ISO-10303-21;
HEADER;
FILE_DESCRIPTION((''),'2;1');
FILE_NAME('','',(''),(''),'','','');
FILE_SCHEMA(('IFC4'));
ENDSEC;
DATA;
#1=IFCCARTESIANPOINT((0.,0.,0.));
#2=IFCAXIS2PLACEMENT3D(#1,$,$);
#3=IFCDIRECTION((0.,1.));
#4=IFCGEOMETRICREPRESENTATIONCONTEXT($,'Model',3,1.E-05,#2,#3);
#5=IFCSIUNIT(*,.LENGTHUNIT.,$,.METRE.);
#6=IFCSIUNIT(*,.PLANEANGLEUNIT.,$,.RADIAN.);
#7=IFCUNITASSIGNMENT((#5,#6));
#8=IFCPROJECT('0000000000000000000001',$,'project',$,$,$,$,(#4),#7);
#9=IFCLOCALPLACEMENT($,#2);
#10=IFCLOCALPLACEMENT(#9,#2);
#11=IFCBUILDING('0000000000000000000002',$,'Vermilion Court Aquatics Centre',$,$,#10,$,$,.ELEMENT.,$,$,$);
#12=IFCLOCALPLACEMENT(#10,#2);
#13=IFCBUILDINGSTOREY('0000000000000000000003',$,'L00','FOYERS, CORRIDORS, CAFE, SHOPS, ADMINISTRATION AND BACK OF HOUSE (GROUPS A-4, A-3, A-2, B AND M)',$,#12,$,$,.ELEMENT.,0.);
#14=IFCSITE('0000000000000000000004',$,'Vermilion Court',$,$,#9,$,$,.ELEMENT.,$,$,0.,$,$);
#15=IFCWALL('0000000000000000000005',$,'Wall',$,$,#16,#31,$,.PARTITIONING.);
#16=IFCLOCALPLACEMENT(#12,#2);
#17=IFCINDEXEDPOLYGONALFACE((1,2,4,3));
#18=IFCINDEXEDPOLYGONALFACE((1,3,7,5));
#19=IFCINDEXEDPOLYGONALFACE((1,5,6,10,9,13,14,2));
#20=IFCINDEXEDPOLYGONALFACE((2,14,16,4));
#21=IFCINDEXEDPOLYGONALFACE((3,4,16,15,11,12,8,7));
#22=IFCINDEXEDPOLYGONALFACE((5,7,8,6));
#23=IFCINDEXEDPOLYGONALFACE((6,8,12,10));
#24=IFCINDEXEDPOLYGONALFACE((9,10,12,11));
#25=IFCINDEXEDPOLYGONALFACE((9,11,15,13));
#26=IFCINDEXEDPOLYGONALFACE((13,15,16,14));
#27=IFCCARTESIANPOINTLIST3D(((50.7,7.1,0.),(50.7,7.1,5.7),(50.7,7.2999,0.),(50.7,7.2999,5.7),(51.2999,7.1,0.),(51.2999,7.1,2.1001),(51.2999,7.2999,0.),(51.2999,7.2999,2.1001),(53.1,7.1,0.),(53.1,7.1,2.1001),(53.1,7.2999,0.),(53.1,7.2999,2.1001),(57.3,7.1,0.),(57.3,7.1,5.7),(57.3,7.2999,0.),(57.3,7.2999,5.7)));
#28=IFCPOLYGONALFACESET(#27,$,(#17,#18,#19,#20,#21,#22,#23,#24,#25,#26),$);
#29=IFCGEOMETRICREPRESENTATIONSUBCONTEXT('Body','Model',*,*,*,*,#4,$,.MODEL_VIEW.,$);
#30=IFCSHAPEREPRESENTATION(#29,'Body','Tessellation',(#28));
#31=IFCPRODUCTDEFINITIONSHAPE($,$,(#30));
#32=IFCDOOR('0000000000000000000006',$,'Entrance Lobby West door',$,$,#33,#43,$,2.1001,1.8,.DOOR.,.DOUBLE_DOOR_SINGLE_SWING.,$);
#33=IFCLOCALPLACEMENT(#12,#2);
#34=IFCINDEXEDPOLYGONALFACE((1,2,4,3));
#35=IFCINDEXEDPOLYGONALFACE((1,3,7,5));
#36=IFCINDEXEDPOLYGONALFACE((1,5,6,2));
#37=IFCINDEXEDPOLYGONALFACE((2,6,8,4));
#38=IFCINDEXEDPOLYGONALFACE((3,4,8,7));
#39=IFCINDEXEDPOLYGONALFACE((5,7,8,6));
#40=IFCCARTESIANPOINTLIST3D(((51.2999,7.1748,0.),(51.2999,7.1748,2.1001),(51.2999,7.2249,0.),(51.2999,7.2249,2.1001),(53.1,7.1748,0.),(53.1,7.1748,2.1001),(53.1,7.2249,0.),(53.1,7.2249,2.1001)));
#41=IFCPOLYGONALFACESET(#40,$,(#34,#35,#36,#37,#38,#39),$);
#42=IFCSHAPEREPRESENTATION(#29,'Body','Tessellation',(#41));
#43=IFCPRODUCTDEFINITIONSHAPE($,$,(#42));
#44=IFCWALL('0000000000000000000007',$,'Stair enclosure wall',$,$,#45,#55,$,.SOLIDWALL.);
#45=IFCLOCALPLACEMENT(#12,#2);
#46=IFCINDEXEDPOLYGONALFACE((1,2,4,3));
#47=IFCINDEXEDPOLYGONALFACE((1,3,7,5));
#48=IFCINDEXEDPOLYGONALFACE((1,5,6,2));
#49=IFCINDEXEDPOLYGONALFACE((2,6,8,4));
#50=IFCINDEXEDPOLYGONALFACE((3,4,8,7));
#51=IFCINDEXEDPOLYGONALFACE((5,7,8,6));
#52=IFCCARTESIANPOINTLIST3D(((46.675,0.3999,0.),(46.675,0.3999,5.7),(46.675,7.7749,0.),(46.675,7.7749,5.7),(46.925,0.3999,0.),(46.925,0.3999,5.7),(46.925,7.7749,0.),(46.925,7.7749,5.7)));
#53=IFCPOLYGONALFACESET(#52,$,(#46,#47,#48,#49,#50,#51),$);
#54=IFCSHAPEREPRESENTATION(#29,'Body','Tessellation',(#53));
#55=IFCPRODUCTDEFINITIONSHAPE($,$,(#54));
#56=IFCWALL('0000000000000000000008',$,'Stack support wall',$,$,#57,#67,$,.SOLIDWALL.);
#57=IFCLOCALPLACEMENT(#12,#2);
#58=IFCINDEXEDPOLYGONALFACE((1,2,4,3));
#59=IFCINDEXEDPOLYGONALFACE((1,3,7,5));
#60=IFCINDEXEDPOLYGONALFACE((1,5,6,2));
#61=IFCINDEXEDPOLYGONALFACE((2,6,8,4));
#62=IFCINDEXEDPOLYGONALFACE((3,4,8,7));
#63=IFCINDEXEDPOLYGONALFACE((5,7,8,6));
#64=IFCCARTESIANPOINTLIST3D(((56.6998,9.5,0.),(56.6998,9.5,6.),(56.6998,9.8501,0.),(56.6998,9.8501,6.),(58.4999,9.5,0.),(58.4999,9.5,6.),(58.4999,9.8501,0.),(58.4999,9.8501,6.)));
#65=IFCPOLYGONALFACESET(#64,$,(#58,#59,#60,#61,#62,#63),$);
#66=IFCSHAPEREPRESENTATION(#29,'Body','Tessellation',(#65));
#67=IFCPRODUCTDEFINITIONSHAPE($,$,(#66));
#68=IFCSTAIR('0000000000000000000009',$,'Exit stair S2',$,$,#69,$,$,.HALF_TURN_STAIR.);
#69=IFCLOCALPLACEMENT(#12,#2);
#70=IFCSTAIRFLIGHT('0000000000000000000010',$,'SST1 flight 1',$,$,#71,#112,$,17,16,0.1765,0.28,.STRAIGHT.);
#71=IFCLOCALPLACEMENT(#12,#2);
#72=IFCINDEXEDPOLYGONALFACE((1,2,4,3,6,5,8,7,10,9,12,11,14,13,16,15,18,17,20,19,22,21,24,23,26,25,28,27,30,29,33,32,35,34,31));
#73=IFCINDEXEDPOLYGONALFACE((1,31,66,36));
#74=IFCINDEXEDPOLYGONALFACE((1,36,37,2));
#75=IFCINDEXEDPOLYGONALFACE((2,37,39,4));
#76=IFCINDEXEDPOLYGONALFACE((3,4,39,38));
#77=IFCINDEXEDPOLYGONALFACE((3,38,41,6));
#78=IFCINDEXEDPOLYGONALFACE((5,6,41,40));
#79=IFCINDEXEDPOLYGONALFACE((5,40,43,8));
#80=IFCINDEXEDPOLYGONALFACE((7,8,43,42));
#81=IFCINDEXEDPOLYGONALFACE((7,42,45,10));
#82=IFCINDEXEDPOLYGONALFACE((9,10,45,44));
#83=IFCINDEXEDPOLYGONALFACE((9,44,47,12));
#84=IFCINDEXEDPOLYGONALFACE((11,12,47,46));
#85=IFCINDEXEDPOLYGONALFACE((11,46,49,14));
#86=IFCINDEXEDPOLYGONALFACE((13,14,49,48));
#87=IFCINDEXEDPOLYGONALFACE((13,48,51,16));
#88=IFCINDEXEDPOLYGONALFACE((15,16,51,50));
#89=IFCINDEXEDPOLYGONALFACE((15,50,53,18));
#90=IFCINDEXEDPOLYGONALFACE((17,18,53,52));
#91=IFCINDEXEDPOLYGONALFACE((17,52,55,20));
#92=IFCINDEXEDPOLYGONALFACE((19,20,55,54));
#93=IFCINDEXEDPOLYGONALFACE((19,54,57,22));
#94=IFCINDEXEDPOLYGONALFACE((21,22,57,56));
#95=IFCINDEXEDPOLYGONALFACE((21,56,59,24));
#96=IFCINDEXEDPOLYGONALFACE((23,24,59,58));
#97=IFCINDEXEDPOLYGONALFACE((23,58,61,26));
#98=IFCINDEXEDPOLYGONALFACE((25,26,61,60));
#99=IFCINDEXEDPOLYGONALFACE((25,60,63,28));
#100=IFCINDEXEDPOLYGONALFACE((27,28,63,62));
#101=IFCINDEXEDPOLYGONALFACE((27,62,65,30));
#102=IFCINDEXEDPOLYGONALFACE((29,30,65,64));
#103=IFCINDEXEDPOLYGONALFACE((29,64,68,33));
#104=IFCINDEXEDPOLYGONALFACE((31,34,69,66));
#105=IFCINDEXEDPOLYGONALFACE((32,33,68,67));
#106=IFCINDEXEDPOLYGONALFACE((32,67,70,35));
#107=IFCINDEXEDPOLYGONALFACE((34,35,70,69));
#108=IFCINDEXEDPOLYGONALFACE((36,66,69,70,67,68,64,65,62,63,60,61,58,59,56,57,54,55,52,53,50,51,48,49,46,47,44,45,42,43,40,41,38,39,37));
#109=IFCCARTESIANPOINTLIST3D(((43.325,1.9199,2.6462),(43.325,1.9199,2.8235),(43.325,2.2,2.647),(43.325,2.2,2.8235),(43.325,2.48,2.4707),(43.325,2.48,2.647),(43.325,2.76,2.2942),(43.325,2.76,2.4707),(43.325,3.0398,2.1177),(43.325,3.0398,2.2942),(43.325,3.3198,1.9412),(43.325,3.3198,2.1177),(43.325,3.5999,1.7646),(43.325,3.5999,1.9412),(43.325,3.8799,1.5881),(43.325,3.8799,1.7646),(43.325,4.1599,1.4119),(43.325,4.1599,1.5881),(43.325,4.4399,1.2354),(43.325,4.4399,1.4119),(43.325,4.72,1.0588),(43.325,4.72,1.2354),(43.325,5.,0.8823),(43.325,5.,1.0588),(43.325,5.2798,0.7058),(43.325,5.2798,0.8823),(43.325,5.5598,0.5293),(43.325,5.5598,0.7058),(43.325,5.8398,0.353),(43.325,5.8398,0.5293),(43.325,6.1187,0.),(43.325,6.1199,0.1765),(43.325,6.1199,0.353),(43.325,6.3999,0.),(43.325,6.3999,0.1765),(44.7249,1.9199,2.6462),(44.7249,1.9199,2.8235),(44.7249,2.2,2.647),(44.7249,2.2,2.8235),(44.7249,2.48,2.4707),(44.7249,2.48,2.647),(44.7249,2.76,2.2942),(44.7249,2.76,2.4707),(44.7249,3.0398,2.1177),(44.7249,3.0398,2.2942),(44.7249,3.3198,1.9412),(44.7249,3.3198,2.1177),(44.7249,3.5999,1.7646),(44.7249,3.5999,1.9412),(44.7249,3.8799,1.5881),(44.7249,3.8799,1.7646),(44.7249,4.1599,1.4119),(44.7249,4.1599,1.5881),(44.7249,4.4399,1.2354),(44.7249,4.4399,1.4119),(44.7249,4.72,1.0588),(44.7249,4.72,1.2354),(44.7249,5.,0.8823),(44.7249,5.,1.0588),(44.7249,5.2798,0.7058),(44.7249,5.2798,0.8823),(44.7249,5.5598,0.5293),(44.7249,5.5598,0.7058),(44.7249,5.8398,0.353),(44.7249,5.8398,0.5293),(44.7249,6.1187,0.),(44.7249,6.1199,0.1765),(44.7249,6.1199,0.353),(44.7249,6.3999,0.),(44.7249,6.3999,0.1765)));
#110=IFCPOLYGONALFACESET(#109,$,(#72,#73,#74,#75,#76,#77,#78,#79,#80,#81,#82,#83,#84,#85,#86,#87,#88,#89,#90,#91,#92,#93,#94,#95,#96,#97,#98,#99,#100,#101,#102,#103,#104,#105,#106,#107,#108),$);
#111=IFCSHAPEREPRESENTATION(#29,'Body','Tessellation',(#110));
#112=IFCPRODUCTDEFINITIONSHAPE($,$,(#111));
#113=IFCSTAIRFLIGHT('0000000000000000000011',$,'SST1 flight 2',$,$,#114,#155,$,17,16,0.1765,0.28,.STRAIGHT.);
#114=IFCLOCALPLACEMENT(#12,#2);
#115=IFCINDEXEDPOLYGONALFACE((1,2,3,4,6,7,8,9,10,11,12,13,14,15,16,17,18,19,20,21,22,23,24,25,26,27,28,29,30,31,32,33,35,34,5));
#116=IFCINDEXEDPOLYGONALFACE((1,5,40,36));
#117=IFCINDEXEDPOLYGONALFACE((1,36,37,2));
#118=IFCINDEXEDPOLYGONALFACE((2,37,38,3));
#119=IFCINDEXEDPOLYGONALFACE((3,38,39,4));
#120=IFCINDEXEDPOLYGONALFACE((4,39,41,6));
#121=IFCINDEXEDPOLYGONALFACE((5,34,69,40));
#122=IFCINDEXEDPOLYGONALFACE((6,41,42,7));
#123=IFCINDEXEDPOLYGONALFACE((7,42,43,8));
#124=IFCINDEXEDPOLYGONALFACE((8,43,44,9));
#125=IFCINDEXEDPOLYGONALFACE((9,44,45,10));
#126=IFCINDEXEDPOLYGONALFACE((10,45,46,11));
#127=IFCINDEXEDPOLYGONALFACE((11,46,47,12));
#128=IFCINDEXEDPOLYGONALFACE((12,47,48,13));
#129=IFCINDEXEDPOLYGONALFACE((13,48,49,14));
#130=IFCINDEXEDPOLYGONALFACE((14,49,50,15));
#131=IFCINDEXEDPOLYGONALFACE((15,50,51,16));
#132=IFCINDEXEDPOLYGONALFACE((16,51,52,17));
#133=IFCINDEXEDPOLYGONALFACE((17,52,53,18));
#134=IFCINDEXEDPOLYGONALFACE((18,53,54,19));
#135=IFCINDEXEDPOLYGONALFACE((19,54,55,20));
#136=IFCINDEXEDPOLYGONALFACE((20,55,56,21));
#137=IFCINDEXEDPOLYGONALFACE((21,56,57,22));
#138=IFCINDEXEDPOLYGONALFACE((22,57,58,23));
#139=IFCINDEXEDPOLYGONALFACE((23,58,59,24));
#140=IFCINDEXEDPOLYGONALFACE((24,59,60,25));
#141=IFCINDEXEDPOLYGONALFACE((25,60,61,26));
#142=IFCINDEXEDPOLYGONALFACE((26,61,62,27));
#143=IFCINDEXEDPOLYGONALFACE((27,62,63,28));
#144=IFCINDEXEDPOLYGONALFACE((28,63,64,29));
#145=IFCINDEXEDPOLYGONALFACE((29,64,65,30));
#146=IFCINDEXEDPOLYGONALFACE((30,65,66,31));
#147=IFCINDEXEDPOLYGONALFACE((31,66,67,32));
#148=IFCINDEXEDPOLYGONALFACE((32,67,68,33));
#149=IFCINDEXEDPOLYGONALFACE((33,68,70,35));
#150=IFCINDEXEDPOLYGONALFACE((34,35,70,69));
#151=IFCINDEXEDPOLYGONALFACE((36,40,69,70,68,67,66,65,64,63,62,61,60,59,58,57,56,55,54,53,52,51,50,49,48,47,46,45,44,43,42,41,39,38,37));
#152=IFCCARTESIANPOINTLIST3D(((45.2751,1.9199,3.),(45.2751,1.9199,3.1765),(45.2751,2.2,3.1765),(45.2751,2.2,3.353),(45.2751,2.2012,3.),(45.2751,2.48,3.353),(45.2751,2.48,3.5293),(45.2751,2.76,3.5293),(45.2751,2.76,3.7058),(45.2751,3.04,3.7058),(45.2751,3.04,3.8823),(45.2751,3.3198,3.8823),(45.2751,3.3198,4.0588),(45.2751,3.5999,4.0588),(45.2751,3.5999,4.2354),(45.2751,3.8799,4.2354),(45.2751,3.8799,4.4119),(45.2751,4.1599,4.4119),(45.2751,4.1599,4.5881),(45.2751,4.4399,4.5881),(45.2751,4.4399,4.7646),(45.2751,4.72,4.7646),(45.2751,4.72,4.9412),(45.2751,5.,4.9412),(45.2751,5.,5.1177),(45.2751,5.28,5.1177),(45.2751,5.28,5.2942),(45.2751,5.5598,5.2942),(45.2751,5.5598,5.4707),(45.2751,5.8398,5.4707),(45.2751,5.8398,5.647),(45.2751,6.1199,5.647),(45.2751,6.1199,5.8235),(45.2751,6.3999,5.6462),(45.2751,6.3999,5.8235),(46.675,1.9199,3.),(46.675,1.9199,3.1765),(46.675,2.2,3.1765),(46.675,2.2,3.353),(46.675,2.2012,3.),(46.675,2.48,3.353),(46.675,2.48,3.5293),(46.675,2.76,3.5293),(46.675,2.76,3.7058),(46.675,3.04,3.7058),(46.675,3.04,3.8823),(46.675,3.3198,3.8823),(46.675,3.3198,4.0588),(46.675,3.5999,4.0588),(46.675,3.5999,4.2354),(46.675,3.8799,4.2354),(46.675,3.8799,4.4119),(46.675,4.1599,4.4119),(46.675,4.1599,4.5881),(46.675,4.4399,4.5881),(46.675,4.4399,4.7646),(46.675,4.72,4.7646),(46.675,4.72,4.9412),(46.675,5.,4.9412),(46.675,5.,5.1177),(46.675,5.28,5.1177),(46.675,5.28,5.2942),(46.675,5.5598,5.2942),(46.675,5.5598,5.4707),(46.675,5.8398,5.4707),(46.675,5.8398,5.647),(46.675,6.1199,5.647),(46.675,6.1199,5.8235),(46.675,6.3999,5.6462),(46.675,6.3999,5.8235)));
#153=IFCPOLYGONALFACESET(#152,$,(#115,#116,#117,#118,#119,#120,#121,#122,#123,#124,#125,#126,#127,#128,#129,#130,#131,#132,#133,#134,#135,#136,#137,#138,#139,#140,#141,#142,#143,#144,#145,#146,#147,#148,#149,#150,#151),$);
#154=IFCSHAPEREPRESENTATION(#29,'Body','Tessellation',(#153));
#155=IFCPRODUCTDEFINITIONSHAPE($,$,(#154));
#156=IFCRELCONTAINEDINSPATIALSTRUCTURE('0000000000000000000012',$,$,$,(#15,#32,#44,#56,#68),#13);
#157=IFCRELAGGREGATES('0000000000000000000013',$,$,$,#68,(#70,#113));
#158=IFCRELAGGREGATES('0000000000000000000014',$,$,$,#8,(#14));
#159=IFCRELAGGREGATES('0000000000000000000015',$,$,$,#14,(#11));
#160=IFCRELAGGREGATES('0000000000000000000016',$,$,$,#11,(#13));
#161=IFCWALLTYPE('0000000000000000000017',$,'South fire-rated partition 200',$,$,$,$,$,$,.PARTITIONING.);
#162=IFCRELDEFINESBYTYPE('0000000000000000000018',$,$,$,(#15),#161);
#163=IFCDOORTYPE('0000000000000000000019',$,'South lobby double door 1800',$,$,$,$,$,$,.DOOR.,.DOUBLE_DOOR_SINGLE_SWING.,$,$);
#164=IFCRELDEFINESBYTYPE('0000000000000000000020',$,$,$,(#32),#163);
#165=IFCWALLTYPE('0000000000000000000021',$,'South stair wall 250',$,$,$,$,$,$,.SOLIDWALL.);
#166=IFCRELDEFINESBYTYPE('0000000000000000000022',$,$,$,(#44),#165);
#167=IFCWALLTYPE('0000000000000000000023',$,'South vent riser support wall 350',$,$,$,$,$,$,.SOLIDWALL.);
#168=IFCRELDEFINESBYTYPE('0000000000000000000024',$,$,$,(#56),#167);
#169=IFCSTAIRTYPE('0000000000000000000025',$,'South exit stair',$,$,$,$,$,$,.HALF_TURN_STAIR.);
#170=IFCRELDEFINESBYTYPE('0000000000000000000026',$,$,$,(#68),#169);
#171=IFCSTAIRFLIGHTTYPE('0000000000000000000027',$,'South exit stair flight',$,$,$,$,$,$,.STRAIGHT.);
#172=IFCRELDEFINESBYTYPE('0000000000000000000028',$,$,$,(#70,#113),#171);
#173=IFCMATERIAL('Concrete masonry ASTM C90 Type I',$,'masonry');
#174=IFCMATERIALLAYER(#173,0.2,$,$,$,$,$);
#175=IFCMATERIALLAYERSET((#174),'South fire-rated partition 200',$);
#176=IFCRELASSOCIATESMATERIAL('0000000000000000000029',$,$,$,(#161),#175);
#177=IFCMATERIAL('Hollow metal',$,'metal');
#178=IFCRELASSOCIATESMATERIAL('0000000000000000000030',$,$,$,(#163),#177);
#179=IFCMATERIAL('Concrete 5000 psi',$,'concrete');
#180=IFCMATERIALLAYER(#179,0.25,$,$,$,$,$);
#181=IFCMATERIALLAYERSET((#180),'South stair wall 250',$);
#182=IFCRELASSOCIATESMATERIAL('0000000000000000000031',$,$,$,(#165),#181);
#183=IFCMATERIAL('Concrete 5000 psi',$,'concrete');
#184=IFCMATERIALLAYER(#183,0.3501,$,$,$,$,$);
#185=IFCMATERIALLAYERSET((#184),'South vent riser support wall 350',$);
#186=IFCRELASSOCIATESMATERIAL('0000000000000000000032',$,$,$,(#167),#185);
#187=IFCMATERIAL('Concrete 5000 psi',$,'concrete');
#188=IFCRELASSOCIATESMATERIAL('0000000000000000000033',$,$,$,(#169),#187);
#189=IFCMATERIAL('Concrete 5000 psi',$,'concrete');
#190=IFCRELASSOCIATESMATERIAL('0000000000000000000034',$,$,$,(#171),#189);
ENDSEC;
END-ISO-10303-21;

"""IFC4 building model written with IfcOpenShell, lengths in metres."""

from ifc_helpers import new_model, si_unit, direction, frame, frame_2d, origin, place, context, subcontext, project, spatial, polyline, rectangle, outline, extrude, material, layer, layer_set, type_object, element, fill, aggregate, save


model = new_model("IFC4")

# Units and contexts
model_context = context("Model", 3, precision=1e-05, world=origin(), true_north=direction((0.0, 1.0)))
body_context = subcontext(model_context, "Body", "Model", "MODEL_VIEW")
ifc_project = project(units=[si_unit("LENGTHUNIT", "METRE"), si_unit("PLANEANGLEUNIT", "RADIAN")], contexts=[model_context])

# Site, building, storey
site_placement = place(None, origin())
site = spatial("IfcSite", under=ifc_project, at=site_placement, Name="Vermilion Court", CompositionType="ELEMENT", RefElevation=0.0)
building_placement = place(site_placement, origin())
building = spatial("IfcBuilding", under=site, at=building_placement, Name="Vermilion Court Aquatics Centre", CompositionType="ELEMENT")
storey_placement = place(building_placement, origin())
storey = spatial("IfcBuildingStorey", under=building, at=storey_placement, Name="L00", Description="FOYERS, CORRIDORS, CAFE, SHOPS, ADMINISTRATION AND BACK OF HOUSE (GROUPS A-4, A-3, A-2, B AND M)", CompositionType="ELEMENT", Elevation=0.0)

# Shared definitions
ifc_material_1 = material(Name="Concrete masonry ASTM C90 Type I", Category="masonry")
ifc_layer_1 = layer(ifc_material_1, 0.2)
ifc_layer_set_1 = layer_set([ifc_layer_1], Name="South fire-rated partition 200")
wall_type_1 = type_object("IfcWallType", Name="South fire-rated partition 200", PredefinedType="PARTITIONING", material=ifc_layer_set_1)

# Wall, opening, door
wall_1_placement = place(storey_placement, frame((50.7, 7.2, 0.0), z_axis=(0.0, 0.0, 1.0), x_axis=(1.0, 0.0, 0.0)))
wall_1 = element("IfcWall", 1, at=wall_1_placement, inside=storey, type_object=wall_type_1, Name="Wall", PredefinedType="PARTITIONING", context=body_context, shape_type="SweptSolid", body=[
    extrude(rectangle(XDim=6.6001, YDim=0.2, at=frame_2d((3.3, 0.0))), origin(), (0.0, 0.0, 1.0), 5.7),
])
opening_1_placement = place(wall_1_placement, frame((0.6001, 0.0, 0.0)))
opening_1 = element("IfcOpeningElement", 2, at=opening_1_placement, cuts=wall_1, PredefinedType="OPENING", context=body_context, shape_type="SweptSolid", body=[
    extrude(rectangle(XDim=1.8, YDim=2.1001, at=frame_2d((0.8999, 1.05))), frame((0.0, 0.1099, 0.0), z_axis=(0.0, -1.0, 0.0), x_axis=(1.0, 0.0, 0.0)), (0.0, 0.0, 1.0), 0.22),
])
ifc_material_2 = material(Name="Hollow metal", Category="metal")
door_type_1 = type_object("IfcDoorType", Name="South lobby double door 1800", OperationType="DOUBLE_DOOR_SINGLE_SWING", PredefinedType="DOOR", material=ifc_material_2)
door_1_placement = place(opening_1_placement, origin())
door_1 = element("IfcDoor", 3, at=door_1_placement, inside=storey, type_object=door_type_1, Name="Entrance Lobby West door", OperationType="DOUBLE_DOOR_SINGLE_SWING", OverallHeight=2.1001, OverallWidth=1.8, PredefinedType="DOOR", context=body_context, shape_type="SweptSolid", body=[
    extrude(rectangle(XDim=1.8, YDim=2.1001, at=frame_2d((0.8999, 1.05))), frame((0.0, 0.0249, 0.0), z_axis=(0.0, -1.0, 0.0), x_axis=(1.0, 0.0, 0.0)), (0.0, 0.0, 1.0), 0.05),
])
fill(opening_1, door_1)

# Walls
ifc_material_3 = material(Name="Concrete 5000 psi", Category="concrete")
ifc_layer_2 = layer(ifc_material_3, 0.25)
ifc_layer_set_2 = layer_set([ifc_layer_2], Name="South stair wall 250")
wall_type_2 = type_object("IfcWallType", Name="South stair wall 250", PredefinedType="SOLIDWALL", material=ifc_layer_set_2)
wall_2_placement = place(storey_placement, frame((46.8, 0.3999, 0.0), z_axis=(0.0, 0.0, 1.0), x_axis=(0.0, 1.0, 0.0)))
element("IfcWall", 4, at=wall_2_placement, inside=storey, type_object=wall_type_2, Name="Stair enclosure wall", PredefinedType="SOLIDWALL", context=body_context, shape_type="SweptSolid", body=[
    extrude(rectangle(XDim=7.375, YDim=0.25, at=frame_2d((3.6875, 0.0))), origin(), (0.0, 0.0, 1.0), 5.7),
])
ifc_material_4 = material(Name="Concrete 5000 psi", Category="concrete")
ifc_layer_3 = layer(ifc_material_4, 0.3501)
ifc_layer_set_3 = layer_set([ifc_layer_3], Name="South vent riser support wall 350")
wall_type_3 = type_object("IfcWallType", Name="South vent riser support wall 350", PredefinedType="SOLIDWALL", material=ifc_layer_set_3)
wall_3_placement = place(storey_placement, frame((56.7, 9.675, 0.0), z_axis=(0.0, 0.0, 1.0), x_axis=(1.0, 0.0, 0.0)))
element("IfcWall", 5, at=wall_3_placement, inside=storey, type_object=wall_type_3, Name="Stack support wall", PredefinedType="SOLIDWALL", context=body_context, shape_type="SweptSolid", body=[
    extrude(rectangle(XDim=1.8, YDim=0.3501, at=frame_2d((0.8999, 0.0))), origin(), (0.0, 0.0, 1.0), 6.0),
])

# Stair, stair flights
ifc_material_5 = material(Name="Concrete 5000 psi", Category="concrete")
stair_type = type_object("IfcStairType", Name="South exit stair", PredefinedType="HALF_TURN_STAIR", material=ifc_material_5)
stair_placement = place(storey_placement, origin())
stair = element("IfcStair", 6, at=stair_placement, inside=storey, type_object=stair_type, Name="Exit stair S2", PredefinedType="HALF_TURN_STAIR")
ifc_material_6 = material(Name="Concrete 5000 psi", Category="concrete")
stair_flight_type = type_object("IfcStairFlightType", Name="South exit stair flight", PredefinedType="STRAIGHT", material=ifc_material_6)
stair_flight_1_placement = place(storey_placement, frame((44.0249, 6.3999, 0.0), z_axis=(0.0, 0.0, 1.0), x_axis=(0.0, -1.0, 0.0)))
stair_flight_1 = element("IfcStairFlight", 7, at=stair_flight_1_placement, type_object=stair_flight_type, Name="SST1 flight 1", NumberOfRisers=17, NumberOfTreads=16, PredefinedType="STRAIGHT", RiserHeight=0.1765, TreadLength=0.28, context=body_context, shape_type="SweptSolid", body=[
    extrude(outline(polyline([(0.0, 0.0), (0.0, 0.1765), (0.28, 0.1765), (0.28, 0.353), (0.5601, 0.353), (0.5601, 0.5293), (0.8401, 0.5293), (0.8401, 0.7058), (1.1201, 0.7058), (1.1201, 0.8823), (1.3999, 0.8823), (1.3999, 1.0588), (1.6799, 1.0588), (1.6799, 1.2354), (1.96, 1.2354), (1.96, 1.4119), (2.24, 1.4119), (2.24, 1.5881), (2.52, 1.5881), (2.52, 1.7646), (2.8, 1.7646), (2.8, 1.9412), (3.0801, 1.9412), (3.0801, 2.1177), (3.3601, 2.1177), (3.3601, 2.2942), (3.6399, 2.2942), (3.6399, 2.4707), (3.9199, 2.4707), (3.9199, 2.647), (4.2, 2.647), (4.2, 2.8235), (4.48, 2.8235), (4.48, 3.0), (4.48, 2.6462), (0.2812, 0.0), (0.0, 0.0)])), frame((0.0, 0.7, 0.0), z_axis=(0.0, -1.0, 0.0), x_axis=(1.0, 0.0, 0.0)), (0.0, 0.0, 1.0), 1.3999),
])
stair_flight_2_placement = place(storey_placement, frame((45.9751, 1.9199, 3.0), z_axis=(0.0, 0.0, 1.0), x_axis=(0.0, 1.0, 0.0)))
stair_flight_2 = element("IfcStairFlight", 8, at=stair_flight_2_placement, type_object=stair_flight_type, Name="SST1 flight 2", NumberOfRisers=17, NumberOfTreads=16, PredefinedType="STRAIGHT", RiserHeight=0.1765, TreadLength=0.28, context=body_context, shape_type="SweptSolid", body=[
    extrude(outline(polyline([(0.0, 0.0), (0.0, 0.1765), (0.28, 0.1765), (0.28, 0.353), (0.5601, 0.353), (0.5601, 0.5293), (0.8401, 0.5293), (0.8401, 0.7058), (1.1201, 0.7058), (1.1201, 0.8823), (1.3999, 0.8823), (1.3999, 1.0588), (1.6799, 1.0588), (1.6799, 1.2354), (1.96, 1.2354), (1.96, 1.4119), (2.24, 1.4119), (2.24, 1.5881), (2.52, 1.5881), (2.52, 1.7646), (2.8, 1.7646), (2.8, 1.9412), (3.0801, 1.9412), (3.0801, 2.1177), (3.3601, 2.1177), (3.3601, 2.2942), (3.6399, 2.2942), (3.6399, 2.4707), (3.9199, 2.4707), (3.9199, 2.647), (4.2, 2.647), (4.2, 2.8235), (4.48, 2.8235), (4.48, 3.0), (4.48, 2.6462), (0.2812, 0.0), (0.0, 0.0)])), frame((0.0, 0.7, 0.0), z_axis=(0.0, -1.0, 0.0), x_axis=(1.0, 0.0, 0.0)), (0.0, 0.0, 1.0), 1.3999),
])
aggregate(stair, [stair_flight_1, stair_flight_2])

save(model, "model.ifc")
